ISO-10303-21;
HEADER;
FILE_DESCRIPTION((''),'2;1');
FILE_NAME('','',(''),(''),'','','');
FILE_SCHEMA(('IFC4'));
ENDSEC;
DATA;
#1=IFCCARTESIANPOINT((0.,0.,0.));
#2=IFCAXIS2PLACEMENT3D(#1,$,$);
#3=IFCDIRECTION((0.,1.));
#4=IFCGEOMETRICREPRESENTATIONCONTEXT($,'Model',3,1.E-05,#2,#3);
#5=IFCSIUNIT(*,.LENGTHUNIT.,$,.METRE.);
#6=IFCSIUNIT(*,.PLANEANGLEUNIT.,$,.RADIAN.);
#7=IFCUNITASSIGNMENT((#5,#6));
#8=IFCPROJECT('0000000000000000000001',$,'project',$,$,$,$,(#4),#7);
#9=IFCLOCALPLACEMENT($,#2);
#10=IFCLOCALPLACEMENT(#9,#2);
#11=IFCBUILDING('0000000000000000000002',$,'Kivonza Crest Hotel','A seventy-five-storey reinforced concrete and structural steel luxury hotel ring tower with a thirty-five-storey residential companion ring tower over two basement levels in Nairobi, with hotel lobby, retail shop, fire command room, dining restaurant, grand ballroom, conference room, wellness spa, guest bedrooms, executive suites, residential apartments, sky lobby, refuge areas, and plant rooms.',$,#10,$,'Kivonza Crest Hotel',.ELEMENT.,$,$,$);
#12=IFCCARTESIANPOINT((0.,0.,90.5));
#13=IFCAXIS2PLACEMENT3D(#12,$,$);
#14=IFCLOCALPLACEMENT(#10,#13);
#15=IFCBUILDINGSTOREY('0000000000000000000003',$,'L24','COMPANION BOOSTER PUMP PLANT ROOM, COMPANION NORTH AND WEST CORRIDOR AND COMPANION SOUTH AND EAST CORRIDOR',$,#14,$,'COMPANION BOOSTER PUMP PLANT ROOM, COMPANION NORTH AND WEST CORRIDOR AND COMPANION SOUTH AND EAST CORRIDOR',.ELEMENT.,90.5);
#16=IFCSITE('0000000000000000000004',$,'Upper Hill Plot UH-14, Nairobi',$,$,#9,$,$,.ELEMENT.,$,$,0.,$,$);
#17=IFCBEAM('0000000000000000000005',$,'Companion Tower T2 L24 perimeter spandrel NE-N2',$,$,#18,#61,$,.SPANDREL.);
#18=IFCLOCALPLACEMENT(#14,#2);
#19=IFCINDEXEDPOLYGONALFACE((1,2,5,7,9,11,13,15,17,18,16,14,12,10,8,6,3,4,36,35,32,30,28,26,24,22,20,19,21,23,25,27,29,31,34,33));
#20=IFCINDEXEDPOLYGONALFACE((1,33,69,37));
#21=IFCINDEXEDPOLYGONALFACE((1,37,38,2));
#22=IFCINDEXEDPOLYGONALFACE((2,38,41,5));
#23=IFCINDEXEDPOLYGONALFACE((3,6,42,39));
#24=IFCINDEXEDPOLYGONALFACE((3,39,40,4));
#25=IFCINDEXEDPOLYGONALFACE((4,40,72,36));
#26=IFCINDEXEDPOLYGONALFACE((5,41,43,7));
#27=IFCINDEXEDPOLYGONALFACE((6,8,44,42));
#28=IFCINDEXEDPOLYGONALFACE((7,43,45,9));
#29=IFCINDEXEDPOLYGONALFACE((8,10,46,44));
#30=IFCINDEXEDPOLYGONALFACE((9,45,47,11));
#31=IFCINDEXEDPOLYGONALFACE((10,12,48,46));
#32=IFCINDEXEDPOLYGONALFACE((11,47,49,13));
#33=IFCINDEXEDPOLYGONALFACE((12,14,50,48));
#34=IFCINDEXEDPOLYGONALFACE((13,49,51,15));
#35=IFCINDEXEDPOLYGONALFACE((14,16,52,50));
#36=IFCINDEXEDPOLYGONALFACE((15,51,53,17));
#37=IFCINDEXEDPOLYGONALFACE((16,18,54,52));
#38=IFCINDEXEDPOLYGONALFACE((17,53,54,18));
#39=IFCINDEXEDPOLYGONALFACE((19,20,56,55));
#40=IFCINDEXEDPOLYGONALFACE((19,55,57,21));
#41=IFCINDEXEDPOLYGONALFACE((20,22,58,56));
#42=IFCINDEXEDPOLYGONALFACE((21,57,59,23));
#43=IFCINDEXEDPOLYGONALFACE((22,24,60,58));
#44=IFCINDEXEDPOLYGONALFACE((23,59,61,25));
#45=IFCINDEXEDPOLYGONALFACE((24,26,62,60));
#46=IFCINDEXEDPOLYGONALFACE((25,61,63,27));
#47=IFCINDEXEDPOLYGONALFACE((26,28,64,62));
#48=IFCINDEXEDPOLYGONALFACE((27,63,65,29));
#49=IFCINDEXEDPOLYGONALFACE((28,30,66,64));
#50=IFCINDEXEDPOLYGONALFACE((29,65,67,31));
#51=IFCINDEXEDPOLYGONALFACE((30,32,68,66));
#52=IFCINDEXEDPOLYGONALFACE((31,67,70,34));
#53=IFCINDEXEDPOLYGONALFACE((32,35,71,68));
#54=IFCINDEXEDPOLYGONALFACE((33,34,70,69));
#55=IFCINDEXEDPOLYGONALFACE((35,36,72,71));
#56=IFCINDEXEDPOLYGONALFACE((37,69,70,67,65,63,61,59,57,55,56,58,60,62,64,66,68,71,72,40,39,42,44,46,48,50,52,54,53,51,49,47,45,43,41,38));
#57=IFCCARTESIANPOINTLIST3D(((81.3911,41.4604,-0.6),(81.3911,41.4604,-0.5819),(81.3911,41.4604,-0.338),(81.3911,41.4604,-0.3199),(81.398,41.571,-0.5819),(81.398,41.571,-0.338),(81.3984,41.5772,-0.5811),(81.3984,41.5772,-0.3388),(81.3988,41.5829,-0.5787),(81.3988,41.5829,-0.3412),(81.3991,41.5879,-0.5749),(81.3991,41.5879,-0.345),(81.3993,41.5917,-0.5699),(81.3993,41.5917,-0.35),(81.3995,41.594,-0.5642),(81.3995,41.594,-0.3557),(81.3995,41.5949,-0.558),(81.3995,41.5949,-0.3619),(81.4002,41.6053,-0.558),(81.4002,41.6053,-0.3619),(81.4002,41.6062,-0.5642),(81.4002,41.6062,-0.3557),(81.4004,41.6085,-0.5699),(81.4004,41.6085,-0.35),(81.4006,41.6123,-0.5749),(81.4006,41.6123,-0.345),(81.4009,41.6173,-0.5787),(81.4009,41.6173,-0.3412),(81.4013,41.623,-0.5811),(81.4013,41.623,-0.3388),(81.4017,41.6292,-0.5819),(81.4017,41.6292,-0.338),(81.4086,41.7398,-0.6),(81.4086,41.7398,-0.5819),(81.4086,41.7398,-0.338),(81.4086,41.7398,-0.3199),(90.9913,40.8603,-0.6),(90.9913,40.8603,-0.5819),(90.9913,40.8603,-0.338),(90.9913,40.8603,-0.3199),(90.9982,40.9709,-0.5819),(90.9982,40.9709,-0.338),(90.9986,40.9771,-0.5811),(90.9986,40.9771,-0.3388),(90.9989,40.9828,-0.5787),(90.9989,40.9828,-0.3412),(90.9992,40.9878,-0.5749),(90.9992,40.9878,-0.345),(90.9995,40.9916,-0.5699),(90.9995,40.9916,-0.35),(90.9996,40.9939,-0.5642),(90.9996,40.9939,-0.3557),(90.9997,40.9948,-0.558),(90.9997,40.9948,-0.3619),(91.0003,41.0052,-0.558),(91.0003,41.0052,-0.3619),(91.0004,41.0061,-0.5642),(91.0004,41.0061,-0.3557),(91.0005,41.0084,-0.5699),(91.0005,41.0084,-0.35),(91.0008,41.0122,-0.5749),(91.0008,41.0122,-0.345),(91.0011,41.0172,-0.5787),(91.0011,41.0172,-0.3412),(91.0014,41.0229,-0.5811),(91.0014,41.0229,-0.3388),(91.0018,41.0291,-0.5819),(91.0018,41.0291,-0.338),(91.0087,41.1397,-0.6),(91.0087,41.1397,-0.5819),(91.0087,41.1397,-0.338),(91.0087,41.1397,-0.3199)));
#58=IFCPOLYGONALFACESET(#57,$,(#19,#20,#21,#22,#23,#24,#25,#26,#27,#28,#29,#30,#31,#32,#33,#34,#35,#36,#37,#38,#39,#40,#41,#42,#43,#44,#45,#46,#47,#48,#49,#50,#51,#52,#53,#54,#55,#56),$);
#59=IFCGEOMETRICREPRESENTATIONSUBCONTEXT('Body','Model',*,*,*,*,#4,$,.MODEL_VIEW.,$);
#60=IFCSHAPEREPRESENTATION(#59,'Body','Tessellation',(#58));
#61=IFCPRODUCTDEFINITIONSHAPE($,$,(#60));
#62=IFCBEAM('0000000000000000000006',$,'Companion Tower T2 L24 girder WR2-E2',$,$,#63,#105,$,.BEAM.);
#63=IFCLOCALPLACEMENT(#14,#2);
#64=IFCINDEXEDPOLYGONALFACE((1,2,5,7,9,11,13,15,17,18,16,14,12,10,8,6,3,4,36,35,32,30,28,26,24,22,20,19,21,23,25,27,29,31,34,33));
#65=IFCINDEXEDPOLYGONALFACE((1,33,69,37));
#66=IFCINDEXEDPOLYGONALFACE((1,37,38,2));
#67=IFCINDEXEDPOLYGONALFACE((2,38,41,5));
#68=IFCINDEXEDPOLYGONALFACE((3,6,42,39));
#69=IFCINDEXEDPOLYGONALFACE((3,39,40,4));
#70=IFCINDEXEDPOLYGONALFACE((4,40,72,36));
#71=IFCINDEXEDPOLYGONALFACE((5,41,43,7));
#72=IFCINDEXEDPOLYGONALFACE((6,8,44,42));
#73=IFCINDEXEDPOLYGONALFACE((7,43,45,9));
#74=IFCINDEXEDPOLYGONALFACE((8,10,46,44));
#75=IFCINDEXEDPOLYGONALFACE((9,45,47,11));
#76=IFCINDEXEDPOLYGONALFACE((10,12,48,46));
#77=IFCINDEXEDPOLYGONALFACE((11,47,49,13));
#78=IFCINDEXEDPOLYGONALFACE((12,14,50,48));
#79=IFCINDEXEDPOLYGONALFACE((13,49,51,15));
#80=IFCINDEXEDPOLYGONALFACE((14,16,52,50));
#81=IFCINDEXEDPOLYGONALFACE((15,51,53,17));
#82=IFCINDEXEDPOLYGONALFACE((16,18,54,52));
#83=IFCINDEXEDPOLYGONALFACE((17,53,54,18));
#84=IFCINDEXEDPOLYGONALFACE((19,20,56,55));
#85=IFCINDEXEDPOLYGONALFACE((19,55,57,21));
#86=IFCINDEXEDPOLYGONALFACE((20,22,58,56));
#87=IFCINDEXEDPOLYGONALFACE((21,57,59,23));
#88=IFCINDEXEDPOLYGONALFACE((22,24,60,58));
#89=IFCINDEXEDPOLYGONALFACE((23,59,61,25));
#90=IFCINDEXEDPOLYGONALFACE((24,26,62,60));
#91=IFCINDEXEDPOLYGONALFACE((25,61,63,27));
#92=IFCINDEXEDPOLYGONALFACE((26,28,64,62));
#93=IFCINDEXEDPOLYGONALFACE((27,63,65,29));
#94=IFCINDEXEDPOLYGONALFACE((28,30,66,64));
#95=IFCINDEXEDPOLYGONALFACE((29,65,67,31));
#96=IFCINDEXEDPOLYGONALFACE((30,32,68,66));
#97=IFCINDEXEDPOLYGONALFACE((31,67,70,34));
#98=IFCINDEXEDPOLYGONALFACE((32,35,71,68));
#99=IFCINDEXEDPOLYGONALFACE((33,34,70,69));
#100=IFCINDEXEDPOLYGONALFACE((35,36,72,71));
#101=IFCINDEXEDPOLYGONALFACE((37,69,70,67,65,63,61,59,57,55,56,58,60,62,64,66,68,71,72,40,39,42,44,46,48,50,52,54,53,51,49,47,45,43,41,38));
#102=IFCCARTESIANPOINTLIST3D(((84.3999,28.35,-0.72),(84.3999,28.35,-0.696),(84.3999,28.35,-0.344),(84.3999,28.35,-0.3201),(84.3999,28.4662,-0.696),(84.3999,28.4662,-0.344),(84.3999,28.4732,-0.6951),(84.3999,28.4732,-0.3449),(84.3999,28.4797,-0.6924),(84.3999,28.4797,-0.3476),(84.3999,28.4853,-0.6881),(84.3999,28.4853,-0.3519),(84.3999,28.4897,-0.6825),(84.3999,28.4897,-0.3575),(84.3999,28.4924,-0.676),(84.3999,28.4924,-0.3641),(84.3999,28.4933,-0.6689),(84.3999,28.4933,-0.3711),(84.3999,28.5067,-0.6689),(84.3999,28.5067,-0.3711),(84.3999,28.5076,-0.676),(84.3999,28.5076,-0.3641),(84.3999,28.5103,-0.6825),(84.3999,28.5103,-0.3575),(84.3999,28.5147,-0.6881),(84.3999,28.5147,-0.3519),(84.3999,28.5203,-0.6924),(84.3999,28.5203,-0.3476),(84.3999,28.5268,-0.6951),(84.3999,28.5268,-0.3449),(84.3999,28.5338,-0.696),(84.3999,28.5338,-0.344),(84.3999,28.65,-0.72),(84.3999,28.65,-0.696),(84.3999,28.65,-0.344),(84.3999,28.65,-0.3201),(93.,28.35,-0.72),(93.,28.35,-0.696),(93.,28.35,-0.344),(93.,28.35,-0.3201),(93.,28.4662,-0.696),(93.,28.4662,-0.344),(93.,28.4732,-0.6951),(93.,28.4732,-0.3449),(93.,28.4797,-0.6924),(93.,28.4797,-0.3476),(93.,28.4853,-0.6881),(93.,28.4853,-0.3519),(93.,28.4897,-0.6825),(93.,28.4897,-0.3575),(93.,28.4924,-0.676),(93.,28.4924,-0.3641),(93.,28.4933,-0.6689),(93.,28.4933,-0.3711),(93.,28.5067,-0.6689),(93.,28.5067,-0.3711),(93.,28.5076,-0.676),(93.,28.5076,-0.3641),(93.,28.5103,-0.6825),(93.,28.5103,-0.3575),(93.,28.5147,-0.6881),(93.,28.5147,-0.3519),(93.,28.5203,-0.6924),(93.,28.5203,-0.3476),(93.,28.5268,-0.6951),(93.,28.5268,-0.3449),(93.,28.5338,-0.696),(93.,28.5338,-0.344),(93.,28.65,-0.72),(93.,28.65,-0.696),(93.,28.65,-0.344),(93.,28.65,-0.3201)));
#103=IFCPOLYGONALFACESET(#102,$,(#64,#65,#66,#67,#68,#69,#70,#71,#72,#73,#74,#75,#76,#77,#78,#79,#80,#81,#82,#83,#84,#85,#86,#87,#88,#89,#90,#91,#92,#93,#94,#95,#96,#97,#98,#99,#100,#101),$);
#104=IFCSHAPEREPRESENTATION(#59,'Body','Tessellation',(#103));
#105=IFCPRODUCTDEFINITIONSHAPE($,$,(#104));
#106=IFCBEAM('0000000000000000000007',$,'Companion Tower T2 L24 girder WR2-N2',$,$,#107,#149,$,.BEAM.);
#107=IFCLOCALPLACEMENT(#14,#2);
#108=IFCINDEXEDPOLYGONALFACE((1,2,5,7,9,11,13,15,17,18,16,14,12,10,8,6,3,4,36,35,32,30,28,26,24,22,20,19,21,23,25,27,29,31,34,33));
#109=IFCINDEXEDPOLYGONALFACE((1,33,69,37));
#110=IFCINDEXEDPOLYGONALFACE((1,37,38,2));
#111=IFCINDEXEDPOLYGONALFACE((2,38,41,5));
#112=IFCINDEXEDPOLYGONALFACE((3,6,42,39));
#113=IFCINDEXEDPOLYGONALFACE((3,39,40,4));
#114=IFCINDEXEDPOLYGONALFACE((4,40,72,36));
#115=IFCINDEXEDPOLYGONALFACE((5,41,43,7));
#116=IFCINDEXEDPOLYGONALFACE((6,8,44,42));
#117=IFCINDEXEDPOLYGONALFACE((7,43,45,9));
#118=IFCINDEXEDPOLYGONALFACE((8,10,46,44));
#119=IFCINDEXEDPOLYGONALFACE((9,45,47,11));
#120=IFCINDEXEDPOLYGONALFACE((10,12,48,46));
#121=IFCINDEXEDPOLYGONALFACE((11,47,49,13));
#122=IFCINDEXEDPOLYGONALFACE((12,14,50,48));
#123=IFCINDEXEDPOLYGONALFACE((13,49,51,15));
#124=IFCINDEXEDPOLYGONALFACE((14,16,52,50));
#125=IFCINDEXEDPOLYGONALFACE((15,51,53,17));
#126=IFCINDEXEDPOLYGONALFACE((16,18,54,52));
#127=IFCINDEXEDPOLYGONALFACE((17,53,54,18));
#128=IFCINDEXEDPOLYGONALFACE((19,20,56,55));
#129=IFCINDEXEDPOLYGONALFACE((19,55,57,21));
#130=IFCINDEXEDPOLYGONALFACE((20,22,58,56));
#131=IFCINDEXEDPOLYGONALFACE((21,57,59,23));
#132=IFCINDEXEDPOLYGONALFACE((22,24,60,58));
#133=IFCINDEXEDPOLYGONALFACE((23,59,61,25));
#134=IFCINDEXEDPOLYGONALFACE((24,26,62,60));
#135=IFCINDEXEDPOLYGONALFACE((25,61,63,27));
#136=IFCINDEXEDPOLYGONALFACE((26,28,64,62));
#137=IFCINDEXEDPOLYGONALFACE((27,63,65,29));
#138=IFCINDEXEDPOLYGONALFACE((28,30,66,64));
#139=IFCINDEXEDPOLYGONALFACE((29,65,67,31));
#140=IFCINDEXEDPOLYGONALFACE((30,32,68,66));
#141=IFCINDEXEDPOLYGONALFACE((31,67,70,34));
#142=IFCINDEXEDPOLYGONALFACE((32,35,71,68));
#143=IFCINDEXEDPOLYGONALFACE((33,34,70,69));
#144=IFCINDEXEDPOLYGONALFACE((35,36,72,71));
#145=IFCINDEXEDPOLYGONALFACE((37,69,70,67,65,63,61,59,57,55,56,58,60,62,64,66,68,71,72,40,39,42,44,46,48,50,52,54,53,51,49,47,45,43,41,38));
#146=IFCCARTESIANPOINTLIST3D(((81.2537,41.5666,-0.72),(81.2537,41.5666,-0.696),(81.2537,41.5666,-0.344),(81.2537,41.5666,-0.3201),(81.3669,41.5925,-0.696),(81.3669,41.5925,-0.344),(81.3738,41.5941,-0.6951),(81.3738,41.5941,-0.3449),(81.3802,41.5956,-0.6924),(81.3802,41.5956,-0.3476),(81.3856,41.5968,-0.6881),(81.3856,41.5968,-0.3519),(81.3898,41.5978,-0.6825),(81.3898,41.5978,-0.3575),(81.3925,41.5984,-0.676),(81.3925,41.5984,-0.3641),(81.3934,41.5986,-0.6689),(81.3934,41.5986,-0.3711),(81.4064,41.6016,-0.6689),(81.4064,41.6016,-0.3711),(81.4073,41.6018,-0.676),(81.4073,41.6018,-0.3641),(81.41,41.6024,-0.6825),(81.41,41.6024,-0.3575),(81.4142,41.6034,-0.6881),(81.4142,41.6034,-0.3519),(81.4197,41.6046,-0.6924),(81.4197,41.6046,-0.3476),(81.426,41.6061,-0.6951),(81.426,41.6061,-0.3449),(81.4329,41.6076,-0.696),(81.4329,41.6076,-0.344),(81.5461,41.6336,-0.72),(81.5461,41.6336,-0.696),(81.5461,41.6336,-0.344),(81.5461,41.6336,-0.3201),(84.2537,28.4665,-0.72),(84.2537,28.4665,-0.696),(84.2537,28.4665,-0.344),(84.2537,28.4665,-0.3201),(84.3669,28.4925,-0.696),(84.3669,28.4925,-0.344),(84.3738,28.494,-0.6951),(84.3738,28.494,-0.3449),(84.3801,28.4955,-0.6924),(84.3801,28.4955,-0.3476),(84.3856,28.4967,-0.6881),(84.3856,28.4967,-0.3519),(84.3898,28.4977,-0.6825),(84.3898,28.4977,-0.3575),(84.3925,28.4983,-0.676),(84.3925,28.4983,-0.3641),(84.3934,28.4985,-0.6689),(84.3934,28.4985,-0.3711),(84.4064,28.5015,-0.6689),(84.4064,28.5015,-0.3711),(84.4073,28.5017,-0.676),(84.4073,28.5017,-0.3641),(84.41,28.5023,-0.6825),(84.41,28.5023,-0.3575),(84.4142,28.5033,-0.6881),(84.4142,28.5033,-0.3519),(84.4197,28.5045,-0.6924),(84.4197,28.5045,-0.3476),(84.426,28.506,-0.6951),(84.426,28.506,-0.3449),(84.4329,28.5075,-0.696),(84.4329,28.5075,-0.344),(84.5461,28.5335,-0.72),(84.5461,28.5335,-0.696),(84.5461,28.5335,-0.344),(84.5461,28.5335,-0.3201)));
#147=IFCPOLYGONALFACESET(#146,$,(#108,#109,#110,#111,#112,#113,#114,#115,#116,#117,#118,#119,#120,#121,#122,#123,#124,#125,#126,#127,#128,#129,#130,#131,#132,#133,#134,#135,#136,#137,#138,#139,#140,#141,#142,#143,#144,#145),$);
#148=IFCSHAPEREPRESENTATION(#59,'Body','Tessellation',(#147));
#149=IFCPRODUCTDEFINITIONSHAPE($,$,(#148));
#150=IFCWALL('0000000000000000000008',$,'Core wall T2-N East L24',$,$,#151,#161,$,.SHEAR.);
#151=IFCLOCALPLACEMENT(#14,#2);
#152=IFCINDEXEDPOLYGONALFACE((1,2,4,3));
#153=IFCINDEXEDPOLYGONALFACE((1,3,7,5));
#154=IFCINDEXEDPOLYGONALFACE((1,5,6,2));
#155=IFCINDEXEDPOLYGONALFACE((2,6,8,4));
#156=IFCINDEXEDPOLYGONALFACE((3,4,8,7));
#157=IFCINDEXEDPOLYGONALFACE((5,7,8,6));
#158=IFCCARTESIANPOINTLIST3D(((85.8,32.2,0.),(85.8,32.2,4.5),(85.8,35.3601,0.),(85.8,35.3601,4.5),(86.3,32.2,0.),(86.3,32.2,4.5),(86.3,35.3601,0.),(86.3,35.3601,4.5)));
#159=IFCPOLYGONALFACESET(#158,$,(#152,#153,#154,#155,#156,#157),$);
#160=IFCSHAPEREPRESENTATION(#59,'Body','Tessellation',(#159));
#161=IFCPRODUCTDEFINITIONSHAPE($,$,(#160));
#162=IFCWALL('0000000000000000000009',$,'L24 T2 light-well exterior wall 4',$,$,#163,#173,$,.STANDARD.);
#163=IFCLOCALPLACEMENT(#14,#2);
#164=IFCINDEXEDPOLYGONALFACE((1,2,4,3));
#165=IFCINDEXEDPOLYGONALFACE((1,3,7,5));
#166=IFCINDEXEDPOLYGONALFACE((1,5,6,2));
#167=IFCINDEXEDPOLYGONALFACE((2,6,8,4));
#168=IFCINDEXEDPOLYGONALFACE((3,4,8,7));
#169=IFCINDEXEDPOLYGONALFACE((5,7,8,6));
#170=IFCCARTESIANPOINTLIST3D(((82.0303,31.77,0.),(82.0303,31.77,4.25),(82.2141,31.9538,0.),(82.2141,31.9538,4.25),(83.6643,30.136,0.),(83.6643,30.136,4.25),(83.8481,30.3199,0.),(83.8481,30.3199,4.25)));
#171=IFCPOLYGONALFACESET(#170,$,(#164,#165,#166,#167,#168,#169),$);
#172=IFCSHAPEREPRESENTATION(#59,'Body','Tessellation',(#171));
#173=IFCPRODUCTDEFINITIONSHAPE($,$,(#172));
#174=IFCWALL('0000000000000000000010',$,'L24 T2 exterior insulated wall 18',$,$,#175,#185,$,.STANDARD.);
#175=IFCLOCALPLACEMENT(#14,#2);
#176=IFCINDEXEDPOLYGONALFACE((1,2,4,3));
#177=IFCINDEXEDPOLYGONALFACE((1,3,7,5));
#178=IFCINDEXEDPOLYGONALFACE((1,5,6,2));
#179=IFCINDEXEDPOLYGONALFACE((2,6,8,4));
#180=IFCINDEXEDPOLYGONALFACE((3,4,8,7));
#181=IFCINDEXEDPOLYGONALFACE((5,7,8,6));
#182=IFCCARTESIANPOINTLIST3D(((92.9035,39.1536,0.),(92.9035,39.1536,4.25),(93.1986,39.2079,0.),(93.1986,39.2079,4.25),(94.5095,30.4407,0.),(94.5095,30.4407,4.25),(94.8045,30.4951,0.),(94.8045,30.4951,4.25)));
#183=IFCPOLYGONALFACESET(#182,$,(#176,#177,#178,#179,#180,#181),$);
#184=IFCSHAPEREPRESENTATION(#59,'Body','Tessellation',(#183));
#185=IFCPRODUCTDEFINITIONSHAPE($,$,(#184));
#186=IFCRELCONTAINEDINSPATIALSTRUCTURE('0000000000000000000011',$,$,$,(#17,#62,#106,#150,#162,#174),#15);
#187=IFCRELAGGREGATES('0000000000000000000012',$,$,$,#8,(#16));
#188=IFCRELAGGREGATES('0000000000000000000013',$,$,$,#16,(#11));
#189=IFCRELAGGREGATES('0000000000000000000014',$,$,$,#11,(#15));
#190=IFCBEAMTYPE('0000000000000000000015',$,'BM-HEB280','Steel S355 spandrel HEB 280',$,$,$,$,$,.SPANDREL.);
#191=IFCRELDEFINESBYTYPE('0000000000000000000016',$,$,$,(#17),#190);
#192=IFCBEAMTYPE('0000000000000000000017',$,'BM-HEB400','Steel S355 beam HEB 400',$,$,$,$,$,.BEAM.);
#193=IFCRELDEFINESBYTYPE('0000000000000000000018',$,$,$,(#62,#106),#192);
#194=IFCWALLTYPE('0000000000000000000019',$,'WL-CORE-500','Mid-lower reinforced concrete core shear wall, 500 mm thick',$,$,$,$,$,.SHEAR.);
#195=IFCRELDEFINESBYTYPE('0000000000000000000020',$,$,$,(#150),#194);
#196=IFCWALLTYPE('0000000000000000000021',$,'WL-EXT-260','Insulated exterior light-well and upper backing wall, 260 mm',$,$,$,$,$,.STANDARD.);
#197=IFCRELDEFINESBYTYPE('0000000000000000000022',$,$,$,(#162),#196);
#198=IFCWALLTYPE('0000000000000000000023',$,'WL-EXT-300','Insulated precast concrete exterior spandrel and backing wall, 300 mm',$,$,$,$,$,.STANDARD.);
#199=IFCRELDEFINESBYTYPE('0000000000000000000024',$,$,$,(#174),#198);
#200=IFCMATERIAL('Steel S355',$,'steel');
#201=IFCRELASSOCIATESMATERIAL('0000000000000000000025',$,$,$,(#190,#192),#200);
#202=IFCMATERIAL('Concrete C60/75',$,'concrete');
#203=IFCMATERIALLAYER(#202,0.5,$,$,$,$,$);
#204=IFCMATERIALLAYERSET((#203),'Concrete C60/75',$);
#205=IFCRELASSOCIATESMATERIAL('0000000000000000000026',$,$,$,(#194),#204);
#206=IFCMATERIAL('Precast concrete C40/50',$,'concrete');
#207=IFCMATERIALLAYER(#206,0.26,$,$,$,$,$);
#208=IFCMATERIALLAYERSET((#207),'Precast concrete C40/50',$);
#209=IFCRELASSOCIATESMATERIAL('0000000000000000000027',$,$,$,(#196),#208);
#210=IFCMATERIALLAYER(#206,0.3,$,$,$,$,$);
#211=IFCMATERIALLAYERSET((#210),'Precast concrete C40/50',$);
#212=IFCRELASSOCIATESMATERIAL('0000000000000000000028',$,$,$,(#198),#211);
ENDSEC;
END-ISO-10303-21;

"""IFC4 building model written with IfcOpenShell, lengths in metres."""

from ifc_helpers import new_model, si_unit, direction, frame, frame_2d, origin, origin_2d, place, context, subcontext, project, spatial, rectangle, i_section, extrude, material, layer, layer_set, material_profile, profile_set, type_object, element, save


model = new_model("IFC4")

# Units and contexts
model_context = context("Model", 3, precision=1e-05, world=origin(), true_north=direction((0.0, 1.0)))
body_context = subcontext(model_context, "Body", "Model", "MODEL_VIEW")
ifc_project = project(units=[si_unit("LENGTHUNIT", "METRE"), si_unit("PLANEANGLEUNIT", "RADIAN")], contexts=[model_context])

# Site, building, storey
site_placement = place(None, origin())
site = spatial("IfcSite", under=ifc_project, at=site_placement, Name="Upper Hill Plot UH-14, Nairobi", CompositionType="ELEMENT", RefElevation=0.0)
building_placement = place(site_placement, origin())
building = spatial("IfcBuilding", under=site, at=building_placement, Name="Kivonza Crest Hotel", Description="A seventy-five-storey reinforced concrete and structural steel luxury hotel ring tower with a thirty-five-storey residential companion ring tower over two basement levels in Nairobi, with hotel lobby, retail shop, fire command room, dining restaurant, grand ballroom, conference room, wellness spa, guest bedrooms, executive suites, residential apartments, sky lobby, refuge areas, and plant rooms.", LongName="Kivonza Crest Hotel", CompositionType="ELEMENT")
storey_placement = place(building_placement, frame((0.0, 0.0, 90.5)))
storey = spatial("IfcBuildingStorey", under=building, at=storey_placement, Name="L24", Description="COMPANION BOOSTER PUMP PLANT ROOM, COMPANION NORTH AND WEST CORRIDOR AND COMPANION SOUTH AND EAST CORRIDOR", LongName="COMPANION BOOSTER PUMP PLANT ROOM, COMPANION NORTH AND WEST CORRIDOR AND COMPANION SOUTH AND EAST CORRIDOR", CompositionType="ELEMENT", Elevation=90.5)

# Shared definitions
ifc_material_1 = material(Name="Steel S355", Category="steel")

# Beams
ifc_material_profile_1 = material_profile(ifc_material_1, i_section(OverallWidth=0.28, OverallDepth=0.28, WebThickness=0.0105, FlangeThickness=0.0181, FilletRadius=0.0239, at=origin_2d()), Name="HEB 280")
ifc_profile_set_1 = profile_set([ifc_material_profile_1], Name="Steel S355")
beam_type_1 = type_object("IfcBeamType", Name="BM-HEB280", Description="Steel S355 spandrel HEB 280", PredefinedType="SPANDREL", material=ifc_profile_set_1)
beam_1_placement = place(storey_placement, frame((91.0, 41.0, -0.46), z_axis=(-0.998052, 0.062388, 0.0), x_axis=(-0.062388, -0.998052, 0.0)))
element("IfcBeam", 1, at=beam_1_placement, inside=storey, type_object=beam_type_1, Name="Companion Tower T2 L24 perimeter spandrel NE-N2", PredefinedType="SPANDREL", context=body_context, shape_type="SweptSolid", body=[
    extrude(i_section(OverallWidth=0.28, OverallDepth=0.28, WebThickness=0.0105, FlangeThickness=0.0181, FilletRadius=0.0239, at=origin_2d()), origin(), (0.0, 0.0, 1.0), 9.6189),
])
ifc_material_profile_2 = material_profile(ifc_material_1, i_section(OverallWidth=0.3, OverallDepth=0.3999, WebThickness=0.0134, FlangeThickness=0.0239, FilletRadius=0.0271, at=origin_2d()), Name="HEB 400")
ifc_profile_set_2 = profile_set([ifc_material_profile_2], Name="Steel S355")
beam_type_2 = type_object("IfcBeamType", Name="BM-HEB400", Description="Steel S355 beam HEB 400", PredefinedType="BEAM", material=ifc_profile_set_2)
beam_2_placement = place(storey_placement, frame((84.3999, 28.5, -0.52), z_axis=(1.0, 0.0, 0.0), x_axis=(0.0, 1.0, 0.0)))
element("IfcBeam", 2, at=beam_2_placement, inside=storey, type_object=beam_type_2, Name="Companion Tower T2 L24 girder WR2-E2", PredefinedType="BEAM", context=body_context, shape_type="SweptSolid", body=[
    extrude(i_section(OverallWidth=0.3, OverallDepth=0.3999, WebThickness=0.0134, FlangeThickness=0.0239, FilletRadius=0.0271, at=origin_2d()), origin(), (0.0, 0.0, 1.0), 8.6001),
])
beam_3_placement = place(storey_placement, frame((84.3999, 28.5, -0.52), z_axis=(-0.223227, 0.974766, 0.0), x_axis=(-0.974766, -0.223227, 0.0)))
element("IfcBeam", 3, at=beam_3_placement, inside=storey, type_object=beam_type_2, Name="Companion Tower T2 L24 girder WR2-N2", PredefinedType="BEAM", context=body_context, shape_type="SweptSolid", body=[
    extrude(i_section(OverallWidth=0.3, OverallDepth=0.3999, WebThickness=0.0134, FlangeThickness=0.0239, FilletRadius=0.0271, at=origin_2d()), origin(), (0.0, 0.0, 1.0), 13.4392),
])

# Walls
ifc_material_2 = material(Name="Concrete C60/75", Category="concrete")
ifc_layer_1 = layer(ifc_material_2, 0.5)
ifc_layer_set_1 = layer_set([ifc_layer_1], Name="Concrete C60/75")
wall_type_1 = type_object("IfcWallType", Name="WL-CORE-500", Description="Mid-lower reinforced concrete core shear wall, 500 mm thick", PredefinedType="SHEAR", material=ifc_layer_set_1)
wall_1_placement = place(storey_placement, frame((86.05, 32.2, 0.0), z_axis=(0.0, 0.0, 1.0), x_axis=(0.0, 1.0, 0.0)))
element("IfcWall", 4, at=wall_1_placement, inside=storey, type_object=wall_type_1, Name="Core wall T2-N East L24", PredefinedType="SHEAR", context=body_context, shape_type="SweptSolid", body=[
    extrude(rectangle(XDim=3.1602, YDim=0.5, at=frame_2d((1.5801, 0.0))), origin(), (0.0, 0.0, 1.0), 4.5),
])
ifc_material_3 = material(Name="Precast concrete C40/50", Category="concrete")
ifc_layer_2 = layer(ifc_material_3, 0.26)
ifc_layer_set_2 = layer_set([ifc_layer_2], Name="Precast concrete C40/50")
wall_type_2 = type_object("IfcWallType", Name="WL-EXT-260", Description="Insulated exterior light-well and upper backing wall, 260 mm", PredefinedType="STANDARD", material=ifc_layer_set_2)
wall_2_placement = place(storey_placement, frame((83.7561, 30.228, 0.0), z_axis=(0.0, 0.0, 1.0), x_axis=(-0.707107, 0.707107, 0.0)))
element("IfcWall", 5, at=wall_2_placement, inside=storey, type_object=wall_type_2, Name="L24 T2 light-well exterior wall 4", PredefinedType="STANDARD", context=body_context, shape_type="SweptSolid", body=[
    extrude(rectangle(XDim=2.3108, YDim=0.26, at=frame_2d((1.1553, 0.0))), origin(), (0.0, 0.0, 1.0), 4.25),
])
ifc_layer_3 = layer(ifc_material_3, 0.3)
ifc_layer_set_3 = layer_set([ifc_layer_3], Name="Precast concrete C40/50")
wall_type_3 = type_object("IfcWallType", Name="WL-EXT-300", Description="Insulated precast concrete exterior spandrel and backing wall, 300 mm", PredefinedType="STANDARD", material=ifc_layer_set_3)
wall_3_placement = place(storey_placement, frame((94.657, 30.468, 0.0), z_axis=(0.0, 0.0, 1.0), x_axis=(-0.181266, 0.983434, 0.0)))
element("IfcWall", 6, at=wall_3_placement, inside=storey, type_object=wall_type_3, Name="L24 T2 exterior insulated wall 18", PredefinedType="STANDARD", context=body_context, shape_type="SweptSolid", body=[
    extrude(rectangle(XDim=8.8596, YDim=0.3, at=frame_2d((4.4297, 0.0))), origin(), (0.0, 0.0, 1.0), 4.25),
])

save(model, "model.ifc")
